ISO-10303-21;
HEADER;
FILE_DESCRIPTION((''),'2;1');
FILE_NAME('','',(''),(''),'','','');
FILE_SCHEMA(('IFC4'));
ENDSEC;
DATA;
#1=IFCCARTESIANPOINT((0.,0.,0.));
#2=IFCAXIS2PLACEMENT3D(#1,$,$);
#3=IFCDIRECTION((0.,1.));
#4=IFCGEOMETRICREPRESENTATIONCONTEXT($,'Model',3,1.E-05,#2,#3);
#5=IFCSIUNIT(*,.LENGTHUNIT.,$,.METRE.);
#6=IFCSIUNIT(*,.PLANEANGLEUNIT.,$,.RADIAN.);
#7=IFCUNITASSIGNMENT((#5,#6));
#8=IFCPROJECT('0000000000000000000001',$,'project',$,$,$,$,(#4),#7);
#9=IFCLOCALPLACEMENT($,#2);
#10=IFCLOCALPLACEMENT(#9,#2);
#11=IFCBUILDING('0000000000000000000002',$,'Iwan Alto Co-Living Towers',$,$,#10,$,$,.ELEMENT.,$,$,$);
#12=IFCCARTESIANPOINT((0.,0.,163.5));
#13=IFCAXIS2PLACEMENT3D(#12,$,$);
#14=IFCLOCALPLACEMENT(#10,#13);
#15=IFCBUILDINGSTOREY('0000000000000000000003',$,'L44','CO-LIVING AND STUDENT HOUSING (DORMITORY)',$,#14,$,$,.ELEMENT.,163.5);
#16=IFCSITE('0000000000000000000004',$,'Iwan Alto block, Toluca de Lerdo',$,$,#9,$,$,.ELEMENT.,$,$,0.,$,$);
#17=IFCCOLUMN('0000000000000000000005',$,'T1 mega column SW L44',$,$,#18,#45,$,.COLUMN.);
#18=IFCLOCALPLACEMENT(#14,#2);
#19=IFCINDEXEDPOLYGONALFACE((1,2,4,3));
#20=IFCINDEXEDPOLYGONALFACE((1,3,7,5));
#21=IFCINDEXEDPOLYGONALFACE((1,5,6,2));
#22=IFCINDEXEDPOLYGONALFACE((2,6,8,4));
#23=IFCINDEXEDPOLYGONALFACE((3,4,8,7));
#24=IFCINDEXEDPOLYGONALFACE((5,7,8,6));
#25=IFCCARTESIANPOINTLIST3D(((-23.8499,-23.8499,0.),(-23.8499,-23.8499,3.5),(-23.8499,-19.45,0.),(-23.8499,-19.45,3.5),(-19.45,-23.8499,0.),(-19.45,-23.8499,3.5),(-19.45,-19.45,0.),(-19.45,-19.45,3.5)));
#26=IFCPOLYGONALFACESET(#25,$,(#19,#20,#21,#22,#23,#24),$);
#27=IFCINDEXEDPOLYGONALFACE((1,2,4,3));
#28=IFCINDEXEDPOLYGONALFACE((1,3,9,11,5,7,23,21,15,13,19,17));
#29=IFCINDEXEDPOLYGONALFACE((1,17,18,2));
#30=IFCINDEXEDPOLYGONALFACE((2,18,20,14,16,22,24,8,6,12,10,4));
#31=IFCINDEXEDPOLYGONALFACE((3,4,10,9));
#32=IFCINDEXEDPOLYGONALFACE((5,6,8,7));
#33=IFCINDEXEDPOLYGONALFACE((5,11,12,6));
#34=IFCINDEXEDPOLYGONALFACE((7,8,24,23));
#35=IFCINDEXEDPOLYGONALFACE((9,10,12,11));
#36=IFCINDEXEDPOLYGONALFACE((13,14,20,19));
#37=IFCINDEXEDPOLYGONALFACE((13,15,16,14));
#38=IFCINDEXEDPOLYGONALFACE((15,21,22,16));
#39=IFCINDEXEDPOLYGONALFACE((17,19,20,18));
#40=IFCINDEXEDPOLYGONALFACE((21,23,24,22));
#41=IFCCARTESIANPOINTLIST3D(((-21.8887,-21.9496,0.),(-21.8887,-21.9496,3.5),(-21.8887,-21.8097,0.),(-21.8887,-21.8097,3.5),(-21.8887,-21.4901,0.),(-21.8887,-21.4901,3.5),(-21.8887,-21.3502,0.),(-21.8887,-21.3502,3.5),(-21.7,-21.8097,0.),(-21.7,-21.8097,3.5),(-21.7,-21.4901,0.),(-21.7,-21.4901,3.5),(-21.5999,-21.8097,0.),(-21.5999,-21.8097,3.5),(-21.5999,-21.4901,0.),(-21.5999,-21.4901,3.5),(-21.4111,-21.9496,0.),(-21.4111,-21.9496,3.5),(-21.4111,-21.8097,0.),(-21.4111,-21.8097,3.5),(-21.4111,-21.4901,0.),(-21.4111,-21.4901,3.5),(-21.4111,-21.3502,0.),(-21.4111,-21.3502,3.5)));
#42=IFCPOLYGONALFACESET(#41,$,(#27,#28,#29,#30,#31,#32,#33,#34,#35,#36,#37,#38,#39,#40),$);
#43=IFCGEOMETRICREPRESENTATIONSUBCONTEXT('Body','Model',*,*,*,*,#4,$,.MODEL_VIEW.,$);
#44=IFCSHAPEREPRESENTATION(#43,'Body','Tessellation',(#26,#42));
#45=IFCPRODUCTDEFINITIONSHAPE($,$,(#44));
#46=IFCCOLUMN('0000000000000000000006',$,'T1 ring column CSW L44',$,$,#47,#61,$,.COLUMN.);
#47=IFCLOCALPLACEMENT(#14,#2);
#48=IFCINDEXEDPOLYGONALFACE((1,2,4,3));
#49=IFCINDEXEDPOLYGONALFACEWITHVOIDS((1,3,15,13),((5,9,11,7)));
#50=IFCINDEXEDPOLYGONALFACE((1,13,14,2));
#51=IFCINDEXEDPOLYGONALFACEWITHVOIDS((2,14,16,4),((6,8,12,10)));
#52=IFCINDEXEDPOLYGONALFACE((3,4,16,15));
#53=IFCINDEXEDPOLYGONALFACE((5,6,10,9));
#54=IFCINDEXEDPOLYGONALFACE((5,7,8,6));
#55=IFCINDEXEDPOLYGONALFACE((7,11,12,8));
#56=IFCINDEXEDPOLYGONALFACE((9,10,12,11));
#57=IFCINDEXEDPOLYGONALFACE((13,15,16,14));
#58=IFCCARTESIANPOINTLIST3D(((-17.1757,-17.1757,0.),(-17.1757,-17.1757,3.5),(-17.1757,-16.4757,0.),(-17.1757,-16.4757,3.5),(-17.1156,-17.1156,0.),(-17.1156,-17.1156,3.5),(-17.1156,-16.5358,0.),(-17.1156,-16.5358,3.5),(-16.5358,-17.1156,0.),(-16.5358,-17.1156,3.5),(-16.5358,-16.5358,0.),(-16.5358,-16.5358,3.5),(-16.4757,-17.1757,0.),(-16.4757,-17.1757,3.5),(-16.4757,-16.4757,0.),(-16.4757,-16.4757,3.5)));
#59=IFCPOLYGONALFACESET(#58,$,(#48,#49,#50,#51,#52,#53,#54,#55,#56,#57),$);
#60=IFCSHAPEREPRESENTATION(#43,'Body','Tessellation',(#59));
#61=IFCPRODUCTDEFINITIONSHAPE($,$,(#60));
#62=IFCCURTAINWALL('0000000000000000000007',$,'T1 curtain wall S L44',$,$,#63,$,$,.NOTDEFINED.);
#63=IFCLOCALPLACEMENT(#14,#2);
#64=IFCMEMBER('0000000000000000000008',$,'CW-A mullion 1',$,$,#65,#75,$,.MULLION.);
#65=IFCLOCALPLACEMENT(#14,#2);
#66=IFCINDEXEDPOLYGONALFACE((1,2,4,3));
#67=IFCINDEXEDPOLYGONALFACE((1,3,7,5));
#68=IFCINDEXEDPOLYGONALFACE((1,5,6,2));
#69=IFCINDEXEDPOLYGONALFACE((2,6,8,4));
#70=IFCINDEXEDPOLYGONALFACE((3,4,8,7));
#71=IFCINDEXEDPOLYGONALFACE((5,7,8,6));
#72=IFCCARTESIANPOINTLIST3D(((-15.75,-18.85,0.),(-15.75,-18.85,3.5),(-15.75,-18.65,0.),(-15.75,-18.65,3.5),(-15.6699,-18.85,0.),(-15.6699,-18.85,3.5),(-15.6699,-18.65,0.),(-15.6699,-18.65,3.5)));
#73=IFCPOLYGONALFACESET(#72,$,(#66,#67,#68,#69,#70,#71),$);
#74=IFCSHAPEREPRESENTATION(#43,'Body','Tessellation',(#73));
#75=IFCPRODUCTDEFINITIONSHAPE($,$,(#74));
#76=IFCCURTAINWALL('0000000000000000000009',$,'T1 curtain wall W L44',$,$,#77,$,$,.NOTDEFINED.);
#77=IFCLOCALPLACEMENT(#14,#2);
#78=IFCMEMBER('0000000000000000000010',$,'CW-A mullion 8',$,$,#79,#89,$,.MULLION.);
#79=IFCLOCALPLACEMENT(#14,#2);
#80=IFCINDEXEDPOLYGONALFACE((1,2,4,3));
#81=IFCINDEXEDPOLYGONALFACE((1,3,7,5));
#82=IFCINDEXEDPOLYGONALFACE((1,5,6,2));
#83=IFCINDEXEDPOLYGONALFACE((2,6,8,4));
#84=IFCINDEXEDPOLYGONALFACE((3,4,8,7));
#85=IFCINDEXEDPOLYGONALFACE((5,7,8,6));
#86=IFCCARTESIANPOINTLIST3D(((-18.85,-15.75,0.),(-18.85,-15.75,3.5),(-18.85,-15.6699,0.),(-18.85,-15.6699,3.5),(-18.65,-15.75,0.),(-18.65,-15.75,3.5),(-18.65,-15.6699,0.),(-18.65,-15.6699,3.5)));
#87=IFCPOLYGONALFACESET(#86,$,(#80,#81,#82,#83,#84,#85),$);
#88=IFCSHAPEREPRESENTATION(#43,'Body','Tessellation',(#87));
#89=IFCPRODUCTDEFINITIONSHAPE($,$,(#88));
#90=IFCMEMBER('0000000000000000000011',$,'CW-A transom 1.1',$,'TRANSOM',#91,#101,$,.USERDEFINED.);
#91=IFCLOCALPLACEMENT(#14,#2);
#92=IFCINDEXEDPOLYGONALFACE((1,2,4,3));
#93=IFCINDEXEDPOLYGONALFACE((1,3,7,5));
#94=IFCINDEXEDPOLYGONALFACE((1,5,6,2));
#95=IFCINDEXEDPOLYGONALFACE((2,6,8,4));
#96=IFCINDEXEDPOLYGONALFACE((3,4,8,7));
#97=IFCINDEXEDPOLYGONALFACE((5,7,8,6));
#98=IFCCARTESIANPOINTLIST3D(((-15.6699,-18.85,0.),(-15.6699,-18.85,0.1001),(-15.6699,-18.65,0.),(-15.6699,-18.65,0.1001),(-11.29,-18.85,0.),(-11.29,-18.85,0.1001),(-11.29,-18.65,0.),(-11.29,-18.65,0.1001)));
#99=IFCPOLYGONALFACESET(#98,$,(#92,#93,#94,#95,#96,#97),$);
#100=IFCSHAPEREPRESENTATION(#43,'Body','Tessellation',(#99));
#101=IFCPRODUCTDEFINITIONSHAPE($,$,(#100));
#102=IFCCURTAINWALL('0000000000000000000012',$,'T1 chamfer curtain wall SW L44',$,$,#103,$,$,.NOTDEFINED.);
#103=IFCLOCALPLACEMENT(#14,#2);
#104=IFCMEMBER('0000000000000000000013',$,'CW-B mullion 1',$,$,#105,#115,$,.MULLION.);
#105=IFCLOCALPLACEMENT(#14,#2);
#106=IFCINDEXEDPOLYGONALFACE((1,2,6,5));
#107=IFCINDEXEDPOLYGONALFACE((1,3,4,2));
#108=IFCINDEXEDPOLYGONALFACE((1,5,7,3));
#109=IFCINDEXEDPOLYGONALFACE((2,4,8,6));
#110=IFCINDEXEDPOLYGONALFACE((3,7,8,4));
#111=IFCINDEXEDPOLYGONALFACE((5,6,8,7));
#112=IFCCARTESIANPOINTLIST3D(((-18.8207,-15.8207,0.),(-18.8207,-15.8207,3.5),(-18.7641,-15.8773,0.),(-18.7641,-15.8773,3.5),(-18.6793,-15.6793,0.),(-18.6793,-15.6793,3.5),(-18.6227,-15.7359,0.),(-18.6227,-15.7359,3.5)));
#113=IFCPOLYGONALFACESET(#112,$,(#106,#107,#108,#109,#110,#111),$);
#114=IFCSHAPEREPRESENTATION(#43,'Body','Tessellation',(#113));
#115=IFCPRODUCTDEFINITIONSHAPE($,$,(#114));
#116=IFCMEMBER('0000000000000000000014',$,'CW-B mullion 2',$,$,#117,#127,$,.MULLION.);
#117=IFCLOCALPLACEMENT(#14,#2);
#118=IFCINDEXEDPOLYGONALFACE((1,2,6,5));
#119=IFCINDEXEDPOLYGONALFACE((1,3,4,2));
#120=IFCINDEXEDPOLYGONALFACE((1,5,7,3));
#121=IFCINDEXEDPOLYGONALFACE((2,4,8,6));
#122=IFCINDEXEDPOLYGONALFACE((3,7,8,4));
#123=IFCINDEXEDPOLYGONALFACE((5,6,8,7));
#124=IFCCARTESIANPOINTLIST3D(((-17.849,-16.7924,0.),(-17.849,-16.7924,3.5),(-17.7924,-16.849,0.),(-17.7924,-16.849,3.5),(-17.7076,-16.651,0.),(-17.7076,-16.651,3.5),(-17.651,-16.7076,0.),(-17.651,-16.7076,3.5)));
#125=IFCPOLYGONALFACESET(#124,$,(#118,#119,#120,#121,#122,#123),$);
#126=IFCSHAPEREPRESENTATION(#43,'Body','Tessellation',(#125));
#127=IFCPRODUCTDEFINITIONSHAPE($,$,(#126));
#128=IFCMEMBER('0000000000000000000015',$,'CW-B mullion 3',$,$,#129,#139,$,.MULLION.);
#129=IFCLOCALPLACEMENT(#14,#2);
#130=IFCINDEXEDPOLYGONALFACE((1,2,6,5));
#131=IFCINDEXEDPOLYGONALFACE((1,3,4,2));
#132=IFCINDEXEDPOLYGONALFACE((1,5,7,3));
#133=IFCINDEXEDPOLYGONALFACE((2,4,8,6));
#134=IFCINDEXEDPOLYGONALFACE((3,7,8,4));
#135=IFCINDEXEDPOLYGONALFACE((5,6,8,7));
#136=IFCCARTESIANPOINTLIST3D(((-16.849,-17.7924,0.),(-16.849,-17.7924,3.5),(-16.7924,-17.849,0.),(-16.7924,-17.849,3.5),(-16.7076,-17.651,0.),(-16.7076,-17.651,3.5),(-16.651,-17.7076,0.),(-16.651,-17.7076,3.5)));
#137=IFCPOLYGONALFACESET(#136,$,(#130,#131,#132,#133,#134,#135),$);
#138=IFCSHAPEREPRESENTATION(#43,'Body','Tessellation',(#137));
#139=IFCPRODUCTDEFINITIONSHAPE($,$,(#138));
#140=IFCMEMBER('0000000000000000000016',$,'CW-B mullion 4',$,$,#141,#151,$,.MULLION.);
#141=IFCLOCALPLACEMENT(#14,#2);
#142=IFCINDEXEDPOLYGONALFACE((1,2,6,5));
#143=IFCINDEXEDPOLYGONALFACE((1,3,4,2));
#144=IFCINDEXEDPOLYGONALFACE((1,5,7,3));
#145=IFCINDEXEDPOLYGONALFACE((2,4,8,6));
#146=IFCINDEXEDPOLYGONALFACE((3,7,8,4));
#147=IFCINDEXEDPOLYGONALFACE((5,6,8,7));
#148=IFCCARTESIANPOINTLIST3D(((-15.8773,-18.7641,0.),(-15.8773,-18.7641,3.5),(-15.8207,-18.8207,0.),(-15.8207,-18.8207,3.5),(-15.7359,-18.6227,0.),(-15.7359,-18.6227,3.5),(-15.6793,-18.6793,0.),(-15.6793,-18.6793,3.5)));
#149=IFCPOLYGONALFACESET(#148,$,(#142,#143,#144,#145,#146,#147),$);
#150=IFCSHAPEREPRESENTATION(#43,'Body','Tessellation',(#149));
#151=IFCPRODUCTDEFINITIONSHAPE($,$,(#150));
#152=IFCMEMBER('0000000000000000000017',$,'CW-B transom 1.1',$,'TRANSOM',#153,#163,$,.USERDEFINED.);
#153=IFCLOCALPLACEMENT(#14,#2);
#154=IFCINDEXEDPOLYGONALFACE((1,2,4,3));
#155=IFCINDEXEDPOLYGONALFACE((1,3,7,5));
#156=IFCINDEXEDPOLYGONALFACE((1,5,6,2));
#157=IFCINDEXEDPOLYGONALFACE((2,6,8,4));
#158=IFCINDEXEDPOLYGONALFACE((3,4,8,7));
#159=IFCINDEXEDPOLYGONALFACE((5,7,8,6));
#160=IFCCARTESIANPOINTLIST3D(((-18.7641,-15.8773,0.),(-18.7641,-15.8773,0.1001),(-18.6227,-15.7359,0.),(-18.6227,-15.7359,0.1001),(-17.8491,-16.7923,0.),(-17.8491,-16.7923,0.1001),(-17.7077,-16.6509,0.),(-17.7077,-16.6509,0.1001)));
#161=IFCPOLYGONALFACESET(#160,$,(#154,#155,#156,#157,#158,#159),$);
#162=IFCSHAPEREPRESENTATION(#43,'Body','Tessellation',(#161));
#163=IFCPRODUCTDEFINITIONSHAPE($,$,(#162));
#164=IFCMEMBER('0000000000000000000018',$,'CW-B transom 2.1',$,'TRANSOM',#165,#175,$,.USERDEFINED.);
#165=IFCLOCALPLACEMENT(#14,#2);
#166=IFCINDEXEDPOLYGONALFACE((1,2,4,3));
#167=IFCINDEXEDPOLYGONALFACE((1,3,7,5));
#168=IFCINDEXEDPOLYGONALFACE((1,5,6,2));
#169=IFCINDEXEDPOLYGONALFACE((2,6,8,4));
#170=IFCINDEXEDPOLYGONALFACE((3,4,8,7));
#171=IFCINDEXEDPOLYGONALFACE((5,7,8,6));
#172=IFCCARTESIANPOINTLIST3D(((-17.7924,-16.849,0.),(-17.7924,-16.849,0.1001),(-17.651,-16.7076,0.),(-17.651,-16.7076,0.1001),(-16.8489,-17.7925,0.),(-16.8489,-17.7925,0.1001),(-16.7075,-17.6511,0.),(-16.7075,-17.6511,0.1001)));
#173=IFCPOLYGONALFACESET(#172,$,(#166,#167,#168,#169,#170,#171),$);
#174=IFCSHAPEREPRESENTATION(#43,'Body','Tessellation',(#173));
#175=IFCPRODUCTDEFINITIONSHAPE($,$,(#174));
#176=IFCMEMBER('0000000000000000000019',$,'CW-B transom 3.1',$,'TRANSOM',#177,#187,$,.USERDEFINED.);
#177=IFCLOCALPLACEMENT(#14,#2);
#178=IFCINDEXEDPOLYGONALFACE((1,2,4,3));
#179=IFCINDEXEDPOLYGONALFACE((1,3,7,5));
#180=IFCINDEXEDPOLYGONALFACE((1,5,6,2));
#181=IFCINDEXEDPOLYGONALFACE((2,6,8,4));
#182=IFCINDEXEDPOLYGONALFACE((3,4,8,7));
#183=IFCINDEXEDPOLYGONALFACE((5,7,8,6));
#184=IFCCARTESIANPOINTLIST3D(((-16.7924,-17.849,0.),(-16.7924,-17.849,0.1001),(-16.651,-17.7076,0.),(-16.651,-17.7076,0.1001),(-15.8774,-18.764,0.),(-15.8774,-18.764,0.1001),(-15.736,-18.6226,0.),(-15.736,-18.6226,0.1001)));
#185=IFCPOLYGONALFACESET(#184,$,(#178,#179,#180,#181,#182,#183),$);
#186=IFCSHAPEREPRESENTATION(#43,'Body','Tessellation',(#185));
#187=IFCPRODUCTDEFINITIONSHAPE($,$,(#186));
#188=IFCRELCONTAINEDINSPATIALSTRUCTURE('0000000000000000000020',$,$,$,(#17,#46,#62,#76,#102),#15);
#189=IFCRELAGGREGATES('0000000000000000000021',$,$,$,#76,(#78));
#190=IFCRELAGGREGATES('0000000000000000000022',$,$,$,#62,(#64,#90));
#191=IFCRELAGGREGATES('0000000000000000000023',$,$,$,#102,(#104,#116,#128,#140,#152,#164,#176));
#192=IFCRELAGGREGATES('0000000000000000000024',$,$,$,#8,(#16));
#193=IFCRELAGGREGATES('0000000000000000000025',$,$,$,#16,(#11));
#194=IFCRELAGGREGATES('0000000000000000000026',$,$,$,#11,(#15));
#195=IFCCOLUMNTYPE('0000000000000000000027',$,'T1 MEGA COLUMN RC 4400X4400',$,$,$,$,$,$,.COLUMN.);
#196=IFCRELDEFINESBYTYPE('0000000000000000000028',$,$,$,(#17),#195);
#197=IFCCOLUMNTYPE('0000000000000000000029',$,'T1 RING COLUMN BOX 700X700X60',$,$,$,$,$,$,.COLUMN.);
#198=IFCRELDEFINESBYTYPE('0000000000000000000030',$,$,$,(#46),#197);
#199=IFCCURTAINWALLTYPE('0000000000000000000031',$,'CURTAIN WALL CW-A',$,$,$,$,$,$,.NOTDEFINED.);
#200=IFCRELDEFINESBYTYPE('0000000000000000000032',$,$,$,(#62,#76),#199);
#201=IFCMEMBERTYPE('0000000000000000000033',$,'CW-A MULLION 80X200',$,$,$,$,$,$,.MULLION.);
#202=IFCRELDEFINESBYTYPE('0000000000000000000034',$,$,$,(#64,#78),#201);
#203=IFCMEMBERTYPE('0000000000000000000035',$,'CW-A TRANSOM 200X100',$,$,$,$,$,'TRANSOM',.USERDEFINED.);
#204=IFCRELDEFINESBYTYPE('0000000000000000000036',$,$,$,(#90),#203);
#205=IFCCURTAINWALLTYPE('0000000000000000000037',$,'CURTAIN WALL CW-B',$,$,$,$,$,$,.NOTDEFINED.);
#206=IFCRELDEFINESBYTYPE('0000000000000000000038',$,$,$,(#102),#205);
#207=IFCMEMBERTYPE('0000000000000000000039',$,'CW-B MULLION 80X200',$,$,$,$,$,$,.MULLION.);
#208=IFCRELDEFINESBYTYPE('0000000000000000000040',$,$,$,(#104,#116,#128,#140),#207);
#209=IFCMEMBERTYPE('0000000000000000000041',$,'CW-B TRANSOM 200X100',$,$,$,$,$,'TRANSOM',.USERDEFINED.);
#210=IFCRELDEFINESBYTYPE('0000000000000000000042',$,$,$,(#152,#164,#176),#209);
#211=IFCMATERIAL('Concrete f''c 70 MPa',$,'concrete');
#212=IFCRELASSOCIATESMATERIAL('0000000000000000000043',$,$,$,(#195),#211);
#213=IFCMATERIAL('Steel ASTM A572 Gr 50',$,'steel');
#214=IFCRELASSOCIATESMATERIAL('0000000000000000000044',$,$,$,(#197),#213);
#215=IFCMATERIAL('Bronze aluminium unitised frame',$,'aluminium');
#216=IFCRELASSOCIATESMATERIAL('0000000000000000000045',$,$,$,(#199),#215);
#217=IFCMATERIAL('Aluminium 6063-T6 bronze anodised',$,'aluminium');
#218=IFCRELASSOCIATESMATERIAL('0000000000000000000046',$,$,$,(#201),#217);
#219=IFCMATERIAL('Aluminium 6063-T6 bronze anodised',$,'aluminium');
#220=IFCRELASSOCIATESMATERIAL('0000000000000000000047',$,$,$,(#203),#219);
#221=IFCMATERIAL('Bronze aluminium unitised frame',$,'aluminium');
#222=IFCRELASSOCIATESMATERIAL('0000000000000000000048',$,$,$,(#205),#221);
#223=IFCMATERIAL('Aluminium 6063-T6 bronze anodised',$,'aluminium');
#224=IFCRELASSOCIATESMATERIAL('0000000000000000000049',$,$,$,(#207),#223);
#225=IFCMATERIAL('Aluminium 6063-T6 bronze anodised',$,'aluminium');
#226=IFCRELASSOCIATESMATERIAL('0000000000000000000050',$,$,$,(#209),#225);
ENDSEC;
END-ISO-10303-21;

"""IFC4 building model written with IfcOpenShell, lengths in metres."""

from ifc_helpers import new_model, si_unit, direction, frame, origin, origin_2d, place, context, subcontext, project, spatial, rectangle, hollow_rectangle, i_section, extrude, material, material_profile, profile_set, type_object, element, aggregate, save


model = new_model("IFC4")

# Units and contexts
model_context = context("Model", 3, precision=1e-05, world=origin(), true_north=direction((0.0, 1.0)))
body_context = subcontext(model_context, "Body", "Model", "MODEL_VIEW")
ifc_project = project(units=[si_unit("LENGTHUNIT", "METRE"), si_unit("PLANEANGLEUNIT", "RADIAN")], contexts=[model_context])

# Site, building, storey
site_placement = place(None, origin())
site = spatial("IfcSite", under=ifc_project, at=site_placement, Name="Iwan Alto block, Toluca de Lerdo", CompositionType="ELEMENT", RefElevation=0.0)
building_placement = place(site_placement, origin())
building = spatial("IfcBuilding", under=site, at=building_placement, Name="Iwan Alto Co-Living Towers", CompositionType="ELEMENT")
storey_placement = place(building_placement, frame((0.0, 0.0, 163.5)))
storey = spatial("IfcBuildingStorey", under=building, at=storey_placement, Name="L44", Description="CO-LIVING AND STUDENT HOUSING (DORMITORY)", CompositionType="ELEMENT", Elevation=163.5)

# Columns
ifc_material_1 = material(Name="Concrete f'c 70 MPa", Category="concrete")
ifc_material_profile_1 = material_profile(ifc_material_1, rectangle(XDim=4.3999, YDim=4.3999, at=origin_2d()), Name="RC 4400X4400")
ifc_profile_set_1 = profile_set([ifc_material_profile_1], Name="Concrete f'c 70 MPa")
column_type_1 = type_object("IfcColumnType", Name="T1 MEGA COLUMN RC 4400X4400", PredefinedType="COLUMN", material=ifc_profile_set_1)
column_1_placement = place(storey_placement, frame((-21.6499, -21.6499, 0.0), z_axis=(0.0, 0.0, 1.0), x_axis=(1.0, 0.0, 0.0)))
element("IfcColumn", 1, at=column_1_placement, inside=storey, type_object=column_type_1, Name="T1 mega column SW L44", PredefinedType="COLUMN", context=body_context, shape_type="SweptSolid", body=[
    extrude(rectangle(XDim=4.3999, YDim=4.3999, at=origin_2d()), origin(), (0.0, 0.0, 1.0), 3.5),
    extrude(i_section(OverallWidth=0.4775, OverallDepth=0.5994, WebThickness=0.1001, FlangeThickness=0.1399, at=origin_2d()), origin(), (0.0, 0.0, 1.0), 3.5),
])
ifc_material_2 = material(Name="Steel ASTM A572 Gr 50", Category="steel")
ifc_material_profile_2 = material_profile(ifc_material_2, hollow_rectangle(XDim=0.7, YDim=0.7, WallThickness=0.0601, at=origin_2d()), Name="BOX 700X700X60")
ifc_profile_set_2 = profile_set([ifc_material_profile_2], Name="Steel ASTM A572 Gr 50")
column_type_2 = type_object("IfcColumnType", Name="T1 RING COLUMN BOX 700X700X60", PredefinedType="COLUMN", material=ifc_profile_set_2)
column_2_placement = place(storey_placement, frame((-16.8257, -16.8257, 0.0), z_axis=(0.0, 0.0, 1.0), x_axis=(1.0, 0.0, 0.0)))
element("IfcColumn", 2, at=column_2_placement, inside=storey, type_object=column_type_2, Name="T1 ring column CSW L44", PredefinedType="COLUMN", context=body_context, shape_type="SweptSolid", body=[
    extrude(hollow_rectangle(XDim=0.7, YDim=0.7, WallThickness=0.0601, at=origin_2d()), origin(), (0.0, 0.0, 1.0), 3.5),
])

# Curtain walls, members
ifc_material_3 = material(Name="Bronze aluminium unitised frame", Category="aluminium")
curtain_wall_type_1 = type_object("IfcCurtainWallType", Name="CURTAIN WALL CW-A", PredefinedType="NOTDEFINED", material=ifc_material_3)
curtain_wall_1_placement = place(storey_placement, origin())
curtain_wall_1 = element("IfcCurtainWall", 3, at=curtain_wall_1_placement, inside=storey, type_object=curtain_wall_type_1, Name="T1 curtain wall S L44", PredefinedType="NOTDEFINED")
ifc_material_4 = material(Name="Aluminium 6063-T6 bronze anodised", Category="aluminium")
ifc_material_profile_3 = material_profile(ifc_material_4, rectangle(XDim=0.2, YDim=0.0801, at=origin_2d()), Name="AL 80X200")
ifc_profile_set_3 = profile_set([ifc_material_profile_3], Name="Aluminium 6063-T6 bronze anodised")
member_type_1 = type_object("IfcMemberType", Name="CW-A MULLION 80X200", PredefinedType="MULLION", material=ifc_profile_set_3)
member_1_placement = place(storey_placement, frame((-15.71, -18.75, 0.0), z_axis=(0.0, 0.0, 1.0), x_axis=(0.0, 1.0, 0.0)))
member_1 = element("IfcMember", 4, at=member_1_placement, type_object=member_type_1, Name="CW-A mullion 1", PredefinedType="MULLION", context=body_context, shape_type="SweptSolid", body=[
    extrude(rectangle(XDim=0.2, YDim=0.0801, at=origin_2d()), origin(), (0.0, 0.0, 1.0), 3.5),
])
curtain_wall_2_placement = place(storey_placement, origin())
curtain_wall_2 = element("IfcCurtainWall", 5, at=curtain_wall_2_placement, inside=storey, type_object=curtain_wall_type_1, Name="T1 curtain wall W L44", PredefinedType="NOTDEFINED")
member_2_placement = place(storey_placement, frame((-18.75, -15.71, 0.0), z_axis=(0.0, 0.0, 1.0), x_axis=(1.0, 0.0, 0.0)))
member_2 = element("IfcMember", 6, at=member_2_placement, type_object=member_type_1, Name="CW-A mullion 8", PredefinedType="MULLION", context=body_context, shape_type="SweptSolid", body=[
    extrude(rectangle(XDim=0.2, YDim=0.0801, at=origin_2d()), origin(), (0.0, 0.0, 1.0), 3.5),
])
aggregate(curtain_wall_2, [member_2])

# Member
ifc_material_5 = material(Name="Aluminium 6063-T6 bronze anodised", Category="aluminium")
ifc_material_profile_4 = material_profile(ifc_material_5, rectangle(XDim=0.2, YDim=0.1001, at=origin_2d()), Name="AL 200X100")
ifc_profile_set_4 = profile_set([ifc_material_profile_4], Name="Aluminium 6063-T6 bronze anodised")
member_type_2 = type_object("IfcMemberType", Name="CW-A TRANSOM 200X100", ElementType="TRANSOM", PredefinedType="USERDEFINED", material=ifc_profile_set_4)
member_3_placement = place(storey_placement, frame((-15.6699, -18.75, 0.05), z_axis=(1.0, 0.0, 0.0), x_axis=(0.0, 1.0, 0.0)))
member_3 = element("IfcMember", 7, at=member_3_placement, type_object=member_type_2, Name="CW-A transom 1.1", ObjectType="TRANSOM", PredefinedType="USERDEFINED", context=body_context, shape_type="SweptSolid", body=[
    extrude(rectangle(XDim=0.2, YDim=0.1001, at=origin_2d()), origin(), (0.0, 0.0, 1.0), 4.3799),
])

# Curtain wall, members
ifc_material_6 = material(Name="Bronze aluminium unitised frame", Category="aluminium")
curtain_wall_type_2 = type_object("IfcCurtainWallType", Name="CURTAIN WALL CW-B", PredefinedType="NOTDEFINED", material=ifc_material_6)
curtain_wall_3_placement = place(storey_placement, origin())
curtain_wall_3 = element("IfcCurtainWall", 8, at=curtain_wall_3_placement, inside=storey, type_object=curtain_wall_type_2, Name="T1 chamfer curtain wall SW L44", PredefinedType="NOTDEFINED")
ifc_material_7 = material(Name="Aluminium 6063-T6 bronze anodised", Category="aluminium")
ifc_material_profile_5 = material_profile(ifc_material_7, rectangle(XDim=0.2, YDim=0.0801, at=origin_2d()), Name="AL 80X200")
ifc_profile_set_5 = profile_set([ifc_material_profile_5], Name="Aluminium 6063-T6 bronze anodised")
member_type_3 = type_object("IfcMemberType", Name="CW-B MULLION 80X200", PredefinedType="MULLION", material=ifc_profile_set_5)
member_4_placement = place(storey_placement, frame((-18.7217, -15.7783, 0.0), z_axis=(0.0, 0.0, 1.0), x_axis=(0.707107, 0.707107, 0.0)))
member_4 = element("IfcMember", 9, at=member_4_placement, type_object=member_type_3, Name="CW-B mullion 1", PredefinedType="MULLION", context=body_context, shape_type="SweptSolid", body=[
    extrude(rectangle(XDim=0.2, YDim=0.0801, at=origin_2d()), origin(), (0.0, 0.0, 1.0), 3.5),
])
member_5_placement = place(storey_placement, frame((-17.75, -16.75, 0.0), z_axis=(0.0, 0.0, 1.0), x_axis=(0.707107, 0.707107, 0.0)))
member_5 = element("IfcMember", 10, at=member_5_placement, type_object=member_type_3, Name="CW-B mullion 2", PredefinedType="MULLION", context=body_context, shape_type="SweptSolid", body=[
    extrude(rectangle(XDim=0.2, YDim=0.0801, at=origin_2d()), origin(), (0.0, 0.0, 1.0), 3.5),
])
member_6_placement = place(storey_placement, frame((-16.75, -17.75, 0.0), z_axis=(0.0, 0.0, 1.0), x_axis=(0.707107, 0.707107, 0.0)))
member_6 = element("IfcMember", 11, at=member_6_placement, type_object=member_type_3, Name="CW-B mullion 3", PredefinedType="MULLION", context=body_context, shape_type="SweptSolid", body=[
    extrude(rectangle(XDim=0.2, YDim=0.0801, at=origin_2d()), origin(), (0.0, 0.0, 1.0), 3.5),
])
member_7_placement = place(storey_placement, frame((-15.7783, -18.7217, 0.0), z_axis=(0.0, 0.0, 1.0), x_axis=(0.707107, 0.707107, 0.0)))
member_7 = element("IfcMember", 12, at=member_7_placement, type_object=member_type_3, Name="CW-B mullion 4", PredefinedType="MULLION", context=body_context, shape_type="SweptSolid", body=[
    extrude(rectangle(XDim=0.2, YDim=0.0801, at=origin_2d()), origin(), (0.0, 0.0, 1.0), 3.5),
])
ifc_material_8 = material(Name="Aluminium 6063-T6 bronze anodised", Category="aluminium")
ifc_material_profile_6 = material_profile(ifc_material_8, rectangle(XDim=0.2, YDim=0.1001, at=origin_2d()), Name="AL 200X100")
ifc_profile_set_6 = profile_set([ifc_material_profile_6], Name="Aluminium 6063-T6 bronze anodised")
member_type_4 = type_object("IfcMemberType", Name="CW-B TRANSOM 200X100", ElementType="TRANSOM", PredefinedType="USERDEFINED", material=ifc_profile_set_6)
member_8_placement = place(storey_placement, frame((-18.6934, -15.8066, 0.05), z_axis=(0.707107, -0.707107, 0.0), x_axis=(0.707107, 0.707107, 0.0)))
member_8 = element("IfcMember", 13, at=member_8_placement, type_object=member_type_4, Name="CW-B transom 1.1", ObjectType="TRANSOM", PredefinedType="USERDEFINED", context=body_context, shape_type="SweptSolid", body=[
    extrude(rectangle(XDim=0.2, YDim=0.1001, at=origin_2d()), origin(), (0.0, 0.0, 1.0), 1.2939),
])
member_9_placement = place(storey_placement, frame((-17.7217, -16.7783, 0.05), z_axis=(0.707107, -0.707107, 0.0), x_axis=(0.707107, 0.707107, 0.0)))
member_9 = element("IfcMember", 14, at=member_9_placement, type_object=member_type_4, Name="CW-B transom 2.1", ObjectType="TRANSOM", PredefinedType="USERDEFINED", context=body_context, shape_type="SweptSolid", body=[
    extrude(rectangle(XDim=0.2, YDim=0.1001, at=origin_2d()), origin(), (0.0, 0.0, 1.0), 1.3342),
])
member_10_placement = place(storey_placement, frame((-16.7217, -17.7783, 0.05), z_axis=(0.707107, -0.707107, 0.0), x_axis=(0.707107, 0.707107, 0.0)))
member_10 = element("IfcMember", 15, at=member_10_placement, type_object=member_type_4, Name="CW-B transom 3.1", ObjectType="TRANSOM", PredefinedType="USERDEFINED", context=body_context, shape_type="SweptSolid", body=[
    extrude(rectangle(XDim=0.2, YDim=0.1001, at=origin_2d()), origin(), (0.0, 0.0, 1.0), 1.2939),
])

aggregate(curtain_wall_1, [member_1, member_3])
aggregate(curtain_wall_3, [member_4, member_5, member_6, member_7, member_8, member_9, member_10])

save(model, "model.ifc")
